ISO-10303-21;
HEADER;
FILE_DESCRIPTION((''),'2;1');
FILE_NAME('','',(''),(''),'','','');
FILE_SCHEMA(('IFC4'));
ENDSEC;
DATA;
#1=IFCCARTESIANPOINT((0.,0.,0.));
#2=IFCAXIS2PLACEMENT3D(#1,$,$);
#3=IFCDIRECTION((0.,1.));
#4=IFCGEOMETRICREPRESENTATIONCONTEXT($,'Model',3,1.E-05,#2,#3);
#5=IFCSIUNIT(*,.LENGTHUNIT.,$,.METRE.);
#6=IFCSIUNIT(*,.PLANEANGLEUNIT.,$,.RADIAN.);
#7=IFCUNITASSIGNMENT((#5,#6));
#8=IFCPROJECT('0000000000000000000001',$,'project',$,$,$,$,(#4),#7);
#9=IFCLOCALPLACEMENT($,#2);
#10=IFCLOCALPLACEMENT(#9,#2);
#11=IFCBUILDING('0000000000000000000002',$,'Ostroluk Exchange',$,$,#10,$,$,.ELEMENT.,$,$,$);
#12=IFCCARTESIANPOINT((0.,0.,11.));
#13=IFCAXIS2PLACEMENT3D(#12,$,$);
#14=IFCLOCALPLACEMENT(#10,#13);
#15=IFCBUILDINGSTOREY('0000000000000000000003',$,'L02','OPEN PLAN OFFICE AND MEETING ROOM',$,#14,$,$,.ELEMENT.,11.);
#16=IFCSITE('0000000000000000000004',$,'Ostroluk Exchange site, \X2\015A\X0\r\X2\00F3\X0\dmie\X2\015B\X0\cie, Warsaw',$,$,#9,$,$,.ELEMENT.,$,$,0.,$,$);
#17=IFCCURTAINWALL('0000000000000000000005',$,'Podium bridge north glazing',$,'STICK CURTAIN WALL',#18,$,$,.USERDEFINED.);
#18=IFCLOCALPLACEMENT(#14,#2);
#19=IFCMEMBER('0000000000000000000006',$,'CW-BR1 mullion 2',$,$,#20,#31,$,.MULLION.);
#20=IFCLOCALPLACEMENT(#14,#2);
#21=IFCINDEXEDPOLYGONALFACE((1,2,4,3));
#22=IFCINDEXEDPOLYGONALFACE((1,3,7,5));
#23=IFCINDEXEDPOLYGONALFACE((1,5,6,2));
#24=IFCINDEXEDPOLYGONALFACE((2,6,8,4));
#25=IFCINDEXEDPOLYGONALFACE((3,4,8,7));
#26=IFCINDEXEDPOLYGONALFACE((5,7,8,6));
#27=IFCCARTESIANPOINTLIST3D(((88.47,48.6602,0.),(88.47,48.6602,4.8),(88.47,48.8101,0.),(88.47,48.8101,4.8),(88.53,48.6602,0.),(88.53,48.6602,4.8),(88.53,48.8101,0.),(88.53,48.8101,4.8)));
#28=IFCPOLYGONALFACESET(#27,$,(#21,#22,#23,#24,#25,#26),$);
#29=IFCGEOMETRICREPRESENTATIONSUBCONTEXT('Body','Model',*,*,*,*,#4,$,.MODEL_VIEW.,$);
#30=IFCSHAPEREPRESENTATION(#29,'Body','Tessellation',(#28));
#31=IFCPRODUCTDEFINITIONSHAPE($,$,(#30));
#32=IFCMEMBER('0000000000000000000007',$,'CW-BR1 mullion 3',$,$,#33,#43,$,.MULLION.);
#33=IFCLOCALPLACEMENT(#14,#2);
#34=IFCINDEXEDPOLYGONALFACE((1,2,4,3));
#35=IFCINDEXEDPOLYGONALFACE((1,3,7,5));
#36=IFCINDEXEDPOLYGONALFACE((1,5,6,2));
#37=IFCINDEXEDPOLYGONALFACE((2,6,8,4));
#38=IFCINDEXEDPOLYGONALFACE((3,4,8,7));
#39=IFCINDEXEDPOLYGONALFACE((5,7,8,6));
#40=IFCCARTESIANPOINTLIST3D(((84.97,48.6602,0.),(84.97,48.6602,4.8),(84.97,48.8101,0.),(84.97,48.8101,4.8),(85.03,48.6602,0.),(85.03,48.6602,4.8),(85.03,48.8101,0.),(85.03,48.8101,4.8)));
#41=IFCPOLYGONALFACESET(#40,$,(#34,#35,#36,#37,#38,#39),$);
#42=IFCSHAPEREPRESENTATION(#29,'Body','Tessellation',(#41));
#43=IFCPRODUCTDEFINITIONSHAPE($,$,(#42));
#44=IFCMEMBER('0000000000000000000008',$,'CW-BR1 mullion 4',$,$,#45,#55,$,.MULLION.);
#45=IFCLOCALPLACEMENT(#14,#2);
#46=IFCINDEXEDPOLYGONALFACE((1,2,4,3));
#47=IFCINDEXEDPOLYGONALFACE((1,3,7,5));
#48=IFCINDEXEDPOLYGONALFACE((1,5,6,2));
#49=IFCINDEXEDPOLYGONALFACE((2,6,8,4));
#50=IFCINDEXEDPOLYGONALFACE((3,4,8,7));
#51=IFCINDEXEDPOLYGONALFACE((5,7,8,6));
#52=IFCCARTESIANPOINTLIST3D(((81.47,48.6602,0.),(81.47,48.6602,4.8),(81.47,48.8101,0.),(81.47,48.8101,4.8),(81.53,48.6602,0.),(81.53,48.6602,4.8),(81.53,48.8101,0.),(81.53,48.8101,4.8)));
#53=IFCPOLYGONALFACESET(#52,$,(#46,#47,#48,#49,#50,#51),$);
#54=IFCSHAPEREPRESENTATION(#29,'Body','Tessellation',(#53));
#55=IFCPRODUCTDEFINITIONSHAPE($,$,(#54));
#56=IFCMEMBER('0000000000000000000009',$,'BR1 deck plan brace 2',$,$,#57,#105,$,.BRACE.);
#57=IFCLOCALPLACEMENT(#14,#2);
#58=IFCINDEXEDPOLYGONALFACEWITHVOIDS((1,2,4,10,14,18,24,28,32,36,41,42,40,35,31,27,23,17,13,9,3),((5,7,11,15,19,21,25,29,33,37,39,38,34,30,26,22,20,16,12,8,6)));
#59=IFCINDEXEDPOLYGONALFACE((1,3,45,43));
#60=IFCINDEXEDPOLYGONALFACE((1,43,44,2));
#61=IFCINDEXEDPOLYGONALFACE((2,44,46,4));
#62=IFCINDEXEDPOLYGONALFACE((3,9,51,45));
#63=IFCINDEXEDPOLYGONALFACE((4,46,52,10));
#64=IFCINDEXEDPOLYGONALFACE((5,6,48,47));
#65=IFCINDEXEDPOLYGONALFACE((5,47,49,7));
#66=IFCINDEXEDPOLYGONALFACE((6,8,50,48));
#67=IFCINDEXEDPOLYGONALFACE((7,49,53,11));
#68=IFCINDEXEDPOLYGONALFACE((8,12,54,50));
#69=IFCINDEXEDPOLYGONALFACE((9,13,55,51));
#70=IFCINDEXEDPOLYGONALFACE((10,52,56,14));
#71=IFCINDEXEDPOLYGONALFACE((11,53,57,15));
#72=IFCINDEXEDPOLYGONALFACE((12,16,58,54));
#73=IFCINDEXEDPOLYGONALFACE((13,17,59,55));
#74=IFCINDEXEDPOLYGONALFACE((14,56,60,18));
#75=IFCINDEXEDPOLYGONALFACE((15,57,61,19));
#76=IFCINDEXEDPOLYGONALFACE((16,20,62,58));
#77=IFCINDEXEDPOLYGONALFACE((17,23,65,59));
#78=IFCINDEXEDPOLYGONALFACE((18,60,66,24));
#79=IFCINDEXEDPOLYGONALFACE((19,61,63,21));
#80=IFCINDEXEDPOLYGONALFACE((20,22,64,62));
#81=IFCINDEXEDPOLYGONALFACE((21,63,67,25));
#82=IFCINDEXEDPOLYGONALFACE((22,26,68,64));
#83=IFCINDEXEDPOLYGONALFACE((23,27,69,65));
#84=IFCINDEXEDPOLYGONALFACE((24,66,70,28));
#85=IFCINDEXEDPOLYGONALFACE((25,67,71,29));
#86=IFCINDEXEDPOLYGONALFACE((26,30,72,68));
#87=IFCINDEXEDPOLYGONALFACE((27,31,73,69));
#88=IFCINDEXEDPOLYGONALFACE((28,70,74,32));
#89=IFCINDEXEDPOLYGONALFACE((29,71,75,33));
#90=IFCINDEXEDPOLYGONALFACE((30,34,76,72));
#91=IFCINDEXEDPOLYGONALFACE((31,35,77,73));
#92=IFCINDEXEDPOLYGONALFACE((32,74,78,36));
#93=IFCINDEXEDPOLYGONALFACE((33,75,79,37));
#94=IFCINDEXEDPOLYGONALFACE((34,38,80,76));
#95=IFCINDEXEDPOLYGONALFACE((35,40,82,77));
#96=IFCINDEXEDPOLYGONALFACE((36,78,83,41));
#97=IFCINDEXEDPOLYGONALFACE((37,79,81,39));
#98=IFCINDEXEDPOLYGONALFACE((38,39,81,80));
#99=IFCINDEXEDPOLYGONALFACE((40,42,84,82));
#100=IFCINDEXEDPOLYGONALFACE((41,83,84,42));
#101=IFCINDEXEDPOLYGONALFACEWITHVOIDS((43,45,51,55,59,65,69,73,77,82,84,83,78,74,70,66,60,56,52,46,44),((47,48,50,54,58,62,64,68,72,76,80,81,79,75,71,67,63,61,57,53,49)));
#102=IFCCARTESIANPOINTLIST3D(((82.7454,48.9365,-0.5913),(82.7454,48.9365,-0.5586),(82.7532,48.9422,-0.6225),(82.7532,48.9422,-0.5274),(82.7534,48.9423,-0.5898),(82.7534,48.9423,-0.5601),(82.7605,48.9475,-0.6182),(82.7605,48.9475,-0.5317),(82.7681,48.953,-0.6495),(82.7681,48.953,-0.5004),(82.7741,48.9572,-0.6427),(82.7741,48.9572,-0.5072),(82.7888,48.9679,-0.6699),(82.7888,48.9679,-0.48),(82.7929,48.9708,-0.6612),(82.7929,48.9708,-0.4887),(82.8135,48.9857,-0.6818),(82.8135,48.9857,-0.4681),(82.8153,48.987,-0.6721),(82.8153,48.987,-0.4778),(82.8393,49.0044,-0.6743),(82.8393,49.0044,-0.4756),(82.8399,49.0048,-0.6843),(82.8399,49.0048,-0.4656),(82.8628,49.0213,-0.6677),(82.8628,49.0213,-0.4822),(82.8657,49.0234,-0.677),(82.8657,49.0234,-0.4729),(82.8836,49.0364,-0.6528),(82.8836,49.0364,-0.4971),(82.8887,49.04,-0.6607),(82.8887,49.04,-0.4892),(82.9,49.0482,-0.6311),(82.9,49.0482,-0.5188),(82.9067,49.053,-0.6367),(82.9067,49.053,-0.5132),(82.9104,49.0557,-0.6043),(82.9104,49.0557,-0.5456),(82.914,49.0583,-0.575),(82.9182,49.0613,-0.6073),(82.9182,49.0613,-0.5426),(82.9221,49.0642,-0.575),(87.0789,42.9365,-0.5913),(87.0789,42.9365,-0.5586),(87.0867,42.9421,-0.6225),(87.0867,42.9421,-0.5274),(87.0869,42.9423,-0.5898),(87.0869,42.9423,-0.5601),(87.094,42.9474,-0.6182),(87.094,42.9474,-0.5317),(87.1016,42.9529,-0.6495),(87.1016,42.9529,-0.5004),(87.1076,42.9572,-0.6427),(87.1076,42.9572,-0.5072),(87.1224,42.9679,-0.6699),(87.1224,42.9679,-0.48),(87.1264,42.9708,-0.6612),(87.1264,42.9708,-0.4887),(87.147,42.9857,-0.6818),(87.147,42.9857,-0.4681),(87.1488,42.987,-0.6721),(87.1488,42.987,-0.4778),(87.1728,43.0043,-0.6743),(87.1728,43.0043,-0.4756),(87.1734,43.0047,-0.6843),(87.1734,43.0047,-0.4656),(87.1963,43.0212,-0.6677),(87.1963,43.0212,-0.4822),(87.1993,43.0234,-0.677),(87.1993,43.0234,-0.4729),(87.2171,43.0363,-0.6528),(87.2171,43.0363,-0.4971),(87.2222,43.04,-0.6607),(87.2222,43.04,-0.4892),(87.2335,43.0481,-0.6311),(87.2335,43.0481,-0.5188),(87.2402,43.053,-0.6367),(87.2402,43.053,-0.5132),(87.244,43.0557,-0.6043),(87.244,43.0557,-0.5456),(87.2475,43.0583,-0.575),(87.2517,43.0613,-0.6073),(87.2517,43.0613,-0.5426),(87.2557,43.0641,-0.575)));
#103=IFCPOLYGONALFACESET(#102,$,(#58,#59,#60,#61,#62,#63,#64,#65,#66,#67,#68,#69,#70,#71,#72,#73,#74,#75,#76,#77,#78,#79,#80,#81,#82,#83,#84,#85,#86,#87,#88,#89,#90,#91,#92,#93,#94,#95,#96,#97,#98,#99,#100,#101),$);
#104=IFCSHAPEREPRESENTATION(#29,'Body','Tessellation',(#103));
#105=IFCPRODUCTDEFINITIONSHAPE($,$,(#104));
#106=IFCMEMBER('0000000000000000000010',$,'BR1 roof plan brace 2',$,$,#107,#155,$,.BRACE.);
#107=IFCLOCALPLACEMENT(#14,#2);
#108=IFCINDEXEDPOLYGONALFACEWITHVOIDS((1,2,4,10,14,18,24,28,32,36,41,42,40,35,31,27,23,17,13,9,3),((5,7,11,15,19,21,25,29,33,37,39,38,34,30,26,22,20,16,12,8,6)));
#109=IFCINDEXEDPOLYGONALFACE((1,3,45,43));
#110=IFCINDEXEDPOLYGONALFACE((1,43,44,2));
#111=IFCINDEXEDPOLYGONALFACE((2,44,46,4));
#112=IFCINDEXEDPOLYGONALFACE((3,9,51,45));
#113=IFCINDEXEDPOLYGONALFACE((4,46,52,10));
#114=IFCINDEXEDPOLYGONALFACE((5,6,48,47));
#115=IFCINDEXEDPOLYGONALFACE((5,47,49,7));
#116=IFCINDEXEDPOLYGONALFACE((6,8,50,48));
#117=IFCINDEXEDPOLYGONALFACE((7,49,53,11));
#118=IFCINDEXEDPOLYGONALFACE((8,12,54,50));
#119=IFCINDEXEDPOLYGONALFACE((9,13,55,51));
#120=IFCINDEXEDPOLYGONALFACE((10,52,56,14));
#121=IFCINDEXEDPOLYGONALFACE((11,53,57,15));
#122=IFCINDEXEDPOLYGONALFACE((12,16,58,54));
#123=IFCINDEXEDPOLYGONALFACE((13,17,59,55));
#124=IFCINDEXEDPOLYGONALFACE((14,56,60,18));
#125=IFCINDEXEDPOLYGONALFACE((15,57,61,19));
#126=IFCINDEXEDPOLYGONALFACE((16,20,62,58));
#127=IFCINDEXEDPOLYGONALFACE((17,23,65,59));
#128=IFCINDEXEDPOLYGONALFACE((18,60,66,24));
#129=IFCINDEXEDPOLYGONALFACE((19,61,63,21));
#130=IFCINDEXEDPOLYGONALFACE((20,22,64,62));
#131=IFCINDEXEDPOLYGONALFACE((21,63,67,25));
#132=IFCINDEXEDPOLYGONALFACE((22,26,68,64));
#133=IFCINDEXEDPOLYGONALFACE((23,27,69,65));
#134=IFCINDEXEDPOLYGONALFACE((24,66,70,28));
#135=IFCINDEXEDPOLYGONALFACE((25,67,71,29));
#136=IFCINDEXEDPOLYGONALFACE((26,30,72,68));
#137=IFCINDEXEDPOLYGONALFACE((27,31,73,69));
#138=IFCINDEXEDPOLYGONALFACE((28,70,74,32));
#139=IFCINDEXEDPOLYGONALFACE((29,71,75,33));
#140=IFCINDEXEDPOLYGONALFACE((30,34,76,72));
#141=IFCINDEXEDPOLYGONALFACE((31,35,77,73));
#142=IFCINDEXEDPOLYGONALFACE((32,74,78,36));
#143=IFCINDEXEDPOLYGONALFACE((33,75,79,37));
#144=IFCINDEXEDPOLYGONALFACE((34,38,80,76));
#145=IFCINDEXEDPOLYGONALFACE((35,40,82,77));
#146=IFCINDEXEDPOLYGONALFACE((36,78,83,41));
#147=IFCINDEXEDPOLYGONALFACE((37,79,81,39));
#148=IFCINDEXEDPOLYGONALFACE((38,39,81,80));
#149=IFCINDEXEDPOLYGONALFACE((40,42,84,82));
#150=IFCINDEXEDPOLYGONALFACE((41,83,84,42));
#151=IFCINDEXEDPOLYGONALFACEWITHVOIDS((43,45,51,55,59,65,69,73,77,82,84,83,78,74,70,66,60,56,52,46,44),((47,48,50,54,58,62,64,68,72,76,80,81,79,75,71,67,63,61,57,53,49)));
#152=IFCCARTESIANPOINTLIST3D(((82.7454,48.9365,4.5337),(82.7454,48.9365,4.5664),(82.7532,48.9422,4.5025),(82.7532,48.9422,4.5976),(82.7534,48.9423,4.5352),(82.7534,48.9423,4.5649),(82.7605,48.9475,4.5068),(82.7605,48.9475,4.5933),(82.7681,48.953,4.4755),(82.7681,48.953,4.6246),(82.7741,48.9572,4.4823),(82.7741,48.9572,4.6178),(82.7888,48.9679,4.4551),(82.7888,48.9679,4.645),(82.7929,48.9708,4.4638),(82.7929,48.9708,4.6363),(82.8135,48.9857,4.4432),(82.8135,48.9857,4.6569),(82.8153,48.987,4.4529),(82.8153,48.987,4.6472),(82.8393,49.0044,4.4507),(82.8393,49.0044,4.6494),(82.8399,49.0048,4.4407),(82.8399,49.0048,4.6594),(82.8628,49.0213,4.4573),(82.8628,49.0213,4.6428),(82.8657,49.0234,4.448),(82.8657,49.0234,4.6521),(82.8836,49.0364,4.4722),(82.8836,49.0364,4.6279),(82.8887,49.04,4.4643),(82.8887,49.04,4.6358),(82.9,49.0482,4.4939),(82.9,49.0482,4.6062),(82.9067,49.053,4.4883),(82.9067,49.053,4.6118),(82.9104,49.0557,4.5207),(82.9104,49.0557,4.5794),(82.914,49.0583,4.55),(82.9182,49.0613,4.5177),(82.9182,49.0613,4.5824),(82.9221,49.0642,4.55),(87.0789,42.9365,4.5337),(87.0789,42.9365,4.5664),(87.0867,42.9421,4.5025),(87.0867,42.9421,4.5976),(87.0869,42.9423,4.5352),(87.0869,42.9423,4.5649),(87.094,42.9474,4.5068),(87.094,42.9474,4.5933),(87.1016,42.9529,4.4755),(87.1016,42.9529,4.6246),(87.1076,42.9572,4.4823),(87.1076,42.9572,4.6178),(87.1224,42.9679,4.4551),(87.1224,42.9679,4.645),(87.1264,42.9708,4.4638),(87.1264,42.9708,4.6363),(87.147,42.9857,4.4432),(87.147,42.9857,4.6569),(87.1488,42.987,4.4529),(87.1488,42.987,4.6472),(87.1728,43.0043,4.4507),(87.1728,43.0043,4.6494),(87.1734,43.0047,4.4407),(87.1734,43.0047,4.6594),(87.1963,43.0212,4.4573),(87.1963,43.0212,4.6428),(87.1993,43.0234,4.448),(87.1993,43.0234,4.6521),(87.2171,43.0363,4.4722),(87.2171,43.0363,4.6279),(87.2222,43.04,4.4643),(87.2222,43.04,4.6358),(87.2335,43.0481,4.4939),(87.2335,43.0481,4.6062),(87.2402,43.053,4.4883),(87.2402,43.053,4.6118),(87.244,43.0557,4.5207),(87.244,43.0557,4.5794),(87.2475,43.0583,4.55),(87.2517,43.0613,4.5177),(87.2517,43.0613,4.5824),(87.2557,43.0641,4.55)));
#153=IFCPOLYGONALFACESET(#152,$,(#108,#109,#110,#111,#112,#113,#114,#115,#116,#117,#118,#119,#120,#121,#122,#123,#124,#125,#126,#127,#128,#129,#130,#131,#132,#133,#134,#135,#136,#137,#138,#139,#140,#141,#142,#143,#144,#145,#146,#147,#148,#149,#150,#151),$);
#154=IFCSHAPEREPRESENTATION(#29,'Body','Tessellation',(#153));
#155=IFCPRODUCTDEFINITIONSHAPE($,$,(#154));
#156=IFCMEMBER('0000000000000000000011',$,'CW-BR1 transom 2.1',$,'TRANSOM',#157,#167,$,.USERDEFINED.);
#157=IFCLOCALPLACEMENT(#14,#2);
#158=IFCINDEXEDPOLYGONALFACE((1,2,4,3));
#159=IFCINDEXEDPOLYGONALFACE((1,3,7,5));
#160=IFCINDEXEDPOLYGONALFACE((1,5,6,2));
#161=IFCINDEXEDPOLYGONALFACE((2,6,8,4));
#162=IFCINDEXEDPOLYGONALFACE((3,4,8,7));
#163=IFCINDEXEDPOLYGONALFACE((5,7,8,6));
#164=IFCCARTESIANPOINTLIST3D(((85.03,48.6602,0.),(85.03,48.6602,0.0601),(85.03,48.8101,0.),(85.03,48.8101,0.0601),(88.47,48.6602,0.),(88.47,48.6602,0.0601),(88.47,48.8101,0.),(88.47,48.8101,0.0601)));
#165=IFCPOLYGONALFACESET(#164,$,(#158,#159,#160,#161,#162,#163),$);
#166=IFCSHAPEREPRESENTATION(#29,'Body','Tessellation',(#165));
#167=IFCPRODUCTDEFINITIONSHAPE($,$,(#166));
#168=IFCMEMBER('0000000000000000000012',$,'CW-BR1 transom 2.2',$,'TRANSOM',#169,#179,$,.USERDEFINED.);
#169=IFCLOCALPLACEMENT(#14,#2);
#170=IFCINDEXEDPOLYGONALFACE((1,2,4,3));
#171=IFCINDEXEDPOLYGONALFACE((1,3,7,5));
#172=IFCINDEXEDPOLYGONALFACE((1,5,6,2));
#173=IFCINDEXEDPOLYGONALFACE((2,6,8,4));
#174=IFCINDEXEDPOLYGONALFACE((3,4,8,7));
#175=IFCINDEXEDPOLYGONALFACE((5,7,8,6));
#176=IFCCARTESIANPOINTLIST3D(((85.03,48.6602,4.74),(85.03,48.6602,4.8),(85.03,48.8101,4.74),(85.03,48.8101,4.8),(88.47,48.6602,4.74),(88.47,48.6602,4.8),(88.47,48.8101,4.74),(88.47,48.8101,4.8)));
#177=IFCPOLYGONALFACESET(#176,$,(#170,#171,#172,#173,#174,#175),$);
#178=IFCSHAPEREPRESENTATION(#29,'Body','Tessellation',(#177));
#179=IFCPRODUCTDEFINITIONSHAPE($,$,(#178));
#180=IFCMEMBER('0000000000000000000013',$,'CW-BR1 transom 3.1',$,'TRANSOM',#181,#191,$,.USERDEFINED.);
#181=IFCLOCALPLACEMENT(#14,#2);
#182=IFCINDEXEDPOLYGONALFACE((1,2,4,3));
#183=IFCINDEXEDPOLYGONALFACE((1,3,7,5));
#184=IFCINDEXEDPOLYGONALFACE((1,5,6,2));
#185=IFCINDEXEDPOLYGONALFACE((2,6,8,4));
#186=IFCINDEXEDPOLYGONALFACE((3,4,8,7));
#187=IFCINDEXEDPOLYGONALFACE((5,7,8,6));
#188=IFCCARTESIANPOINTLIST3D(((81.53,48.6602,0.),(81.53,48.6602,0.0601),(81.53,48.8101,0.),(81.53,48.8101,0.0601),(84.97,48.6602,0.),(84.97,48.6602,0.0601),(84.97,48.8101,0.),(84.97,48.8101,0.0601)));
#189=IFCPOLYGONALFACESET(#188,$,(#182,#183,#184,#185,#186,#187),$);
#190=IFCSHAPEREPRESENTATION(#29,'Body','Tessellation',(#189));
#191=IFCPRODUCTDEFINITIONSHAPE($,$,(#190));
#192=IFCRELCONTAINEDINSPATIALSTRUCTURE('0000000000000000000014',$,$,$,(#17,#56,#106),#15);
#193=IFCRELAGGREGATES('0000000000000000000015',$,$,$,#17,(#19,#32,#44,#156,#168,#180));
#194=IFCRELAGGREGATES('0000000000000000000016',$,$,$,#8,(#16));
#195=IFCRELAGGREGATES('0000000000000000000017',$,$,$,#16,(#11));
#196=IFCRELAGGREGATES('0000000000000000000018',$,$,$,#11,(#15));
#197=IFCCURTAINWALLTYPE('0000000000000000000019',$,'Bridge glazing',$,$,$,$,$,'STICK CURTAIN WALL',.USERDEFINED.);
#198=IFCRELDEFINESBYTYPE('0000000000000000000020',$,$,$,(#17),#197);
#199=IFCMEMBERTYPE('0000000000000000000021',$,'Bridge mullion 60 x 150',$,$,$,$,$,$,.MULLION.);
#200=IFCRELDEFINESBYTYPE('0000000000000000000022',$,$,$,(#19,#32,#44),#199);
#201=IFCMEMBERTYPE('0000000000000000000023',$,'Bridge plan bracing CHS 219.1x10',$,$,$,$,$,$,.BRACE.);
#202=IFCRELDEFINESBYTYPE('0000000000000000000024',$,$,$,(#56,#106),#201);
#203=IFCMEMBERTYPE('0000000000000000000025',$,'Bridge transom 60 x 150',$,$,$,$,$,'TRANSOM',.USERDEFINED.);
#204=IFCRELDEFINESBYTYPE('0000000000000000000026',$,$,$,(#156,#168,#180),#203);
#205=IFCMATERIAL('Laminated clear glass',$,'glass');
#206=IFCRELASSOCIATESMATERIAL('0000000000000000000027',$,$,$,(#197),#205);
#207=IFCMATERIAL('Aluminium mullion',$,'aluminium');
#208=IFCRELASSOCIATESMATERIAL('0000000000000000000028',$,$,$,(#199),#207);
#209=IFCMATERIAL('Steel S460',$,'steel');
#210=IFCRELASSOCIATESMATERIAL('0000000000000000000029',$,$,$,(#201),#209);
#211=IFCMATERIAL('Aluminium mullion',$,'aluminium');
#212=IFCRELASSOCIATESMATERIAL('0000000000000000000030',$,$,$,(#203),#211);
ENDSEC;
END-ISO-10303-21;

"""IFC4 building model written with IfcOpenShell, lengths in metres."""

from ifc_helpers import new_model, si_unit, direction, frame, origin, origin_2d, place, context, subcontext, project, spatial, rectangle, hollow_circle, extrude, material, material_profile, profile_set, type_object, element, aggregate, save


model = new_model("IFC4")

# Units and contexts
model_context = context("Model", 3, precision=1e-05, world=origin(), true_north=direction((0.0, 1.0)))
body_context = subcontext(model_context, "Body", "Model", "MODEL_VIEW")
ifc_project = project(units=[si_unit("LENGTHUNIT", "METRE"), si_unit("PLANEANGLEUNIT", "RADIAN")], contexts=[model_context])

# Site, building, storey
site_placement = place(None, origin())
site = spatial("IfcSite", under=ifc_project, at=site_placement, Name="Ostroluk Exchange site, Śródmieście, Warsaw", CompositionType="ELEMENT", RefElevation=0.0)
building_placement = place(site_placement, origin())
building = spatial("IfcBuilding", under=site, at=building_placement, Name="Ostroluk Exchange", CompositionType="ELEMENT")
storey_placement = place(building_placement, frame((0.0, 0.0, 11.0)))
storey = spatial("IfcBuildingStorey", under=building, at=storey_placement, Name="L02", Description="OPEN PLAN OFFICE AND MEETING ROOM", CompositionType="ELEMENT", Elevation=11.0)

# Curtain wall, members
ifc_material_1 = material(Name="Laminated clear glass", Category="glass")
curtain_wall_type = type_object("IfcCurtainWallType", Name="Bridge glazing", ElementType="STICK CURTAIN WALL", PredefinedType="USERDEFINED", material=ifc_material_1)
curtain_wall_placement = place(storey_placement, origin())
curtain_wall = element("IfcCurtainWall", 1, at=curtain_wall_placement, inside=storey, type_object=curtain_wall_type, Name="Podium bridge north glazing", ObjectType="STICK CURTAIN WALL", PredefinedType="USERDEFINED")
ifc_material_2 = material(Name="Aluminium mullion", Category="aluminium")
ifc_material_profile_1 = material_profile(ifc_material_2, rectangle(XDim=0.1499, YDim=0.0601, at=origin_2d()), Name="Bridge mullion 60 x 150")
ifc_profile_set_1 = profile_set([ifc_material_profile_1], Name="Aluminium mullion")
member_type_1 = type_object("IfcMemberType", Name="Bridge mullion 60 x 150", PredefinedType="MULLION", material=ifc_profile_set_1)
member_1_placement = place(storey_placement, frame((88.5, 48.7351, 0.0), z_axis=(0.0, 0.0, 1.0), x_axis=(0.0, -1.0, 0.0)))
member_1 = element("IfcMember", 2, at=member_1_placement, type_object=member_type_1, Name="CW-BR1 mullion 2", PredefinedType="MULLION", context=body_context, shape_type="SweptSolid", body=[
    extrude(rectangle(XDim=0.1499, YDim=0.0601, at=origin_2d()), origin(), (0.0, 0.0, 1.0), 4.8),
])
member_2_placement = place(storey_placement, frame((85.0, 48.7351, 0.0), z_axis=(0.0, 0.0, 1.0), x_axis=(0.0, -1.0, 0.0)))
member_2 = element("IfcMember", 3, at=member_2_placement, type_object=member_type_1, Name="CW-BR1 mullion 3", PredefinedType="MULLION", context=body_context, shape_type="SweptSolid", body=[
    extrude(rectangle(XDim=0.1499, YDim=0.0601, at=origin_2d()), origin(), (0.0, 0.0, 1.0), 4.8),
])
member_3_placement = place(storey_placement, frame((81.5, 48.7351, 0.0), z_axis=(0.0, 0.0, 1.0), x_axis=(0.0, -1.0, 0.0)))
member_3 = element("IfcMember", 4, at=member_3_placement, type_object=member_type_1, Name="CW-BR1 mullion 4", PredefinedType="MULLION", context=body_context, shape_type="SweptSolid", body=[
    extrude(rectangle(XDim=0.1499, YDim=0.0601, at=origin_2d()), origin(), (0.0, 0.0, 1.0), 4.8),
])

# Members
ifc_material_3 = material(Name="Steel S460", Category="steel")
ifc_material_profile_2 = material_profile(ifc_material_3, hollow_circle(Radius=0.1096, WallThickness=0.01, at=origin_2d()), Name="CHS 219.1x10")
ifc_profile_set_2 = profile_set([ifc_material_profile_2], Name="Steel S460")
member_type_2 = type_object("IfcMemberType", Name="Bridge plan bracing CHS 219.1x10", PredefinedType="BRACE", material=ifc_profile_set_2)
for number, where, z_axis, x_axis, name in (
    (5, (82.8333, 49.0, -0.575), (0.585505, -0.810669, 0.0), (0.810669, 0.585505, 0.0), "BR1 deck plan brace 2"),
    (6, (82.8333, 49.0, 4.55), (0.585505, -0.810669, 0.0), (0.810669, 0.585505, 0.0), "BR1 roof plan brace 2"),
):
    element("IfcMember", number, at=place(storey_placement, frame(where, z_axis=z_axis, x_axis=x_axis)), inside=storey, type_object=member_type_2, Name=name, PredefinedType="BRACE", context=body_context, shape_type="SweptSolid", body=[
        extrude(hollow_circle(Radius=0.1096, WallThickness=0.01, at=origin_2d()), origin(), (0.0, 0.0, 1.0), 7.4014),
    ])

# Members
ifc_material_4 = material(Name="Aluminium mullion", Category="aluminium")
ifc_material_profile_3 = material_profile(ifc_material_4, rectangle(XDim=0.1499, YDim=0.0601, at=origin_2d()), Name="Bridge transom 60 x 150")
ifc_profile_set_3 = profile_set([ifc_material_profile_3], Name="Aluminium mullion")
member_type_3 = type_object("IfcMemberType", Name="Bridge transom 60 x 150", ElementType="TRANSOM", PredefinedType="USERDEFINED", material=ifc_profile_set_3)
member_4_placement = place(storey_placement, frame((88.47, 48.7351, 0.03), z_axis=(-1.0, 0.0, 0.0), x_axis=(0.0, -1.0, 0.0)))
member_4 = element("IfcMember", 7, at=member_4_placement, type_object=member_type_3, Name="CW-BR1 transom 2.1", ObjectType="TRANSOM", PredefinedType="USERDEFINED", context=body_context, shape_type="SweptSolid", body=[
    extrude(rectangle(XDim=0.1499, YDim=0.0601, at=origin_2d()), origin(), (0.0, 0.0, 1.0), 3.4399),
])
member_5_placement = place(storey_placement, frame((88.47, 48.7351, 4.77), z_axis=(-1.0, 0.0, 0.0), x_axis=(0.0, -1.0, 0.0)))
member_5 = element("IfcMember", 8, at=member_5_placement, type_object=member_type_3, Name="CW-BR1 transom 2.2", ObjectType="TRANSOM", PredefinedType="USERDEFINED", context=body_context, shape_type="SweptSolid", body=[
    extrude(rectangle(XDim=0.1499, YDim=0.0601, at=origin_2d()), origin(), (0.0, 0.0, 1.0), 3.4399),
])
member_6_placement = place(storey_placement, frame((84.97, 48.7351, 0.03), z_axis=(-1.0, 0.0, 0.0), x_axis=(0.0, -1.0, 0.0)))
member_6 = element("IfcMember", 9, at=member_6_placement, type_object=member_type_3, Name="CW-BR1 transom 3.1", ObjectType="TRANSOM", PredefinedType="USERDEFINED", context=body_context, shape_type="SweptSolid", body=[
    extrude(rectangle(XDim=0.1499, YDim=0.0601, at=origin_2d()), origin(), (0.0, 0.0, 1.0), 3.4399),
])

aggregate(curtain_wall, [member_1, member_2, member_3, member_4, member_5, member_6])

save(model, "model.ifc")
